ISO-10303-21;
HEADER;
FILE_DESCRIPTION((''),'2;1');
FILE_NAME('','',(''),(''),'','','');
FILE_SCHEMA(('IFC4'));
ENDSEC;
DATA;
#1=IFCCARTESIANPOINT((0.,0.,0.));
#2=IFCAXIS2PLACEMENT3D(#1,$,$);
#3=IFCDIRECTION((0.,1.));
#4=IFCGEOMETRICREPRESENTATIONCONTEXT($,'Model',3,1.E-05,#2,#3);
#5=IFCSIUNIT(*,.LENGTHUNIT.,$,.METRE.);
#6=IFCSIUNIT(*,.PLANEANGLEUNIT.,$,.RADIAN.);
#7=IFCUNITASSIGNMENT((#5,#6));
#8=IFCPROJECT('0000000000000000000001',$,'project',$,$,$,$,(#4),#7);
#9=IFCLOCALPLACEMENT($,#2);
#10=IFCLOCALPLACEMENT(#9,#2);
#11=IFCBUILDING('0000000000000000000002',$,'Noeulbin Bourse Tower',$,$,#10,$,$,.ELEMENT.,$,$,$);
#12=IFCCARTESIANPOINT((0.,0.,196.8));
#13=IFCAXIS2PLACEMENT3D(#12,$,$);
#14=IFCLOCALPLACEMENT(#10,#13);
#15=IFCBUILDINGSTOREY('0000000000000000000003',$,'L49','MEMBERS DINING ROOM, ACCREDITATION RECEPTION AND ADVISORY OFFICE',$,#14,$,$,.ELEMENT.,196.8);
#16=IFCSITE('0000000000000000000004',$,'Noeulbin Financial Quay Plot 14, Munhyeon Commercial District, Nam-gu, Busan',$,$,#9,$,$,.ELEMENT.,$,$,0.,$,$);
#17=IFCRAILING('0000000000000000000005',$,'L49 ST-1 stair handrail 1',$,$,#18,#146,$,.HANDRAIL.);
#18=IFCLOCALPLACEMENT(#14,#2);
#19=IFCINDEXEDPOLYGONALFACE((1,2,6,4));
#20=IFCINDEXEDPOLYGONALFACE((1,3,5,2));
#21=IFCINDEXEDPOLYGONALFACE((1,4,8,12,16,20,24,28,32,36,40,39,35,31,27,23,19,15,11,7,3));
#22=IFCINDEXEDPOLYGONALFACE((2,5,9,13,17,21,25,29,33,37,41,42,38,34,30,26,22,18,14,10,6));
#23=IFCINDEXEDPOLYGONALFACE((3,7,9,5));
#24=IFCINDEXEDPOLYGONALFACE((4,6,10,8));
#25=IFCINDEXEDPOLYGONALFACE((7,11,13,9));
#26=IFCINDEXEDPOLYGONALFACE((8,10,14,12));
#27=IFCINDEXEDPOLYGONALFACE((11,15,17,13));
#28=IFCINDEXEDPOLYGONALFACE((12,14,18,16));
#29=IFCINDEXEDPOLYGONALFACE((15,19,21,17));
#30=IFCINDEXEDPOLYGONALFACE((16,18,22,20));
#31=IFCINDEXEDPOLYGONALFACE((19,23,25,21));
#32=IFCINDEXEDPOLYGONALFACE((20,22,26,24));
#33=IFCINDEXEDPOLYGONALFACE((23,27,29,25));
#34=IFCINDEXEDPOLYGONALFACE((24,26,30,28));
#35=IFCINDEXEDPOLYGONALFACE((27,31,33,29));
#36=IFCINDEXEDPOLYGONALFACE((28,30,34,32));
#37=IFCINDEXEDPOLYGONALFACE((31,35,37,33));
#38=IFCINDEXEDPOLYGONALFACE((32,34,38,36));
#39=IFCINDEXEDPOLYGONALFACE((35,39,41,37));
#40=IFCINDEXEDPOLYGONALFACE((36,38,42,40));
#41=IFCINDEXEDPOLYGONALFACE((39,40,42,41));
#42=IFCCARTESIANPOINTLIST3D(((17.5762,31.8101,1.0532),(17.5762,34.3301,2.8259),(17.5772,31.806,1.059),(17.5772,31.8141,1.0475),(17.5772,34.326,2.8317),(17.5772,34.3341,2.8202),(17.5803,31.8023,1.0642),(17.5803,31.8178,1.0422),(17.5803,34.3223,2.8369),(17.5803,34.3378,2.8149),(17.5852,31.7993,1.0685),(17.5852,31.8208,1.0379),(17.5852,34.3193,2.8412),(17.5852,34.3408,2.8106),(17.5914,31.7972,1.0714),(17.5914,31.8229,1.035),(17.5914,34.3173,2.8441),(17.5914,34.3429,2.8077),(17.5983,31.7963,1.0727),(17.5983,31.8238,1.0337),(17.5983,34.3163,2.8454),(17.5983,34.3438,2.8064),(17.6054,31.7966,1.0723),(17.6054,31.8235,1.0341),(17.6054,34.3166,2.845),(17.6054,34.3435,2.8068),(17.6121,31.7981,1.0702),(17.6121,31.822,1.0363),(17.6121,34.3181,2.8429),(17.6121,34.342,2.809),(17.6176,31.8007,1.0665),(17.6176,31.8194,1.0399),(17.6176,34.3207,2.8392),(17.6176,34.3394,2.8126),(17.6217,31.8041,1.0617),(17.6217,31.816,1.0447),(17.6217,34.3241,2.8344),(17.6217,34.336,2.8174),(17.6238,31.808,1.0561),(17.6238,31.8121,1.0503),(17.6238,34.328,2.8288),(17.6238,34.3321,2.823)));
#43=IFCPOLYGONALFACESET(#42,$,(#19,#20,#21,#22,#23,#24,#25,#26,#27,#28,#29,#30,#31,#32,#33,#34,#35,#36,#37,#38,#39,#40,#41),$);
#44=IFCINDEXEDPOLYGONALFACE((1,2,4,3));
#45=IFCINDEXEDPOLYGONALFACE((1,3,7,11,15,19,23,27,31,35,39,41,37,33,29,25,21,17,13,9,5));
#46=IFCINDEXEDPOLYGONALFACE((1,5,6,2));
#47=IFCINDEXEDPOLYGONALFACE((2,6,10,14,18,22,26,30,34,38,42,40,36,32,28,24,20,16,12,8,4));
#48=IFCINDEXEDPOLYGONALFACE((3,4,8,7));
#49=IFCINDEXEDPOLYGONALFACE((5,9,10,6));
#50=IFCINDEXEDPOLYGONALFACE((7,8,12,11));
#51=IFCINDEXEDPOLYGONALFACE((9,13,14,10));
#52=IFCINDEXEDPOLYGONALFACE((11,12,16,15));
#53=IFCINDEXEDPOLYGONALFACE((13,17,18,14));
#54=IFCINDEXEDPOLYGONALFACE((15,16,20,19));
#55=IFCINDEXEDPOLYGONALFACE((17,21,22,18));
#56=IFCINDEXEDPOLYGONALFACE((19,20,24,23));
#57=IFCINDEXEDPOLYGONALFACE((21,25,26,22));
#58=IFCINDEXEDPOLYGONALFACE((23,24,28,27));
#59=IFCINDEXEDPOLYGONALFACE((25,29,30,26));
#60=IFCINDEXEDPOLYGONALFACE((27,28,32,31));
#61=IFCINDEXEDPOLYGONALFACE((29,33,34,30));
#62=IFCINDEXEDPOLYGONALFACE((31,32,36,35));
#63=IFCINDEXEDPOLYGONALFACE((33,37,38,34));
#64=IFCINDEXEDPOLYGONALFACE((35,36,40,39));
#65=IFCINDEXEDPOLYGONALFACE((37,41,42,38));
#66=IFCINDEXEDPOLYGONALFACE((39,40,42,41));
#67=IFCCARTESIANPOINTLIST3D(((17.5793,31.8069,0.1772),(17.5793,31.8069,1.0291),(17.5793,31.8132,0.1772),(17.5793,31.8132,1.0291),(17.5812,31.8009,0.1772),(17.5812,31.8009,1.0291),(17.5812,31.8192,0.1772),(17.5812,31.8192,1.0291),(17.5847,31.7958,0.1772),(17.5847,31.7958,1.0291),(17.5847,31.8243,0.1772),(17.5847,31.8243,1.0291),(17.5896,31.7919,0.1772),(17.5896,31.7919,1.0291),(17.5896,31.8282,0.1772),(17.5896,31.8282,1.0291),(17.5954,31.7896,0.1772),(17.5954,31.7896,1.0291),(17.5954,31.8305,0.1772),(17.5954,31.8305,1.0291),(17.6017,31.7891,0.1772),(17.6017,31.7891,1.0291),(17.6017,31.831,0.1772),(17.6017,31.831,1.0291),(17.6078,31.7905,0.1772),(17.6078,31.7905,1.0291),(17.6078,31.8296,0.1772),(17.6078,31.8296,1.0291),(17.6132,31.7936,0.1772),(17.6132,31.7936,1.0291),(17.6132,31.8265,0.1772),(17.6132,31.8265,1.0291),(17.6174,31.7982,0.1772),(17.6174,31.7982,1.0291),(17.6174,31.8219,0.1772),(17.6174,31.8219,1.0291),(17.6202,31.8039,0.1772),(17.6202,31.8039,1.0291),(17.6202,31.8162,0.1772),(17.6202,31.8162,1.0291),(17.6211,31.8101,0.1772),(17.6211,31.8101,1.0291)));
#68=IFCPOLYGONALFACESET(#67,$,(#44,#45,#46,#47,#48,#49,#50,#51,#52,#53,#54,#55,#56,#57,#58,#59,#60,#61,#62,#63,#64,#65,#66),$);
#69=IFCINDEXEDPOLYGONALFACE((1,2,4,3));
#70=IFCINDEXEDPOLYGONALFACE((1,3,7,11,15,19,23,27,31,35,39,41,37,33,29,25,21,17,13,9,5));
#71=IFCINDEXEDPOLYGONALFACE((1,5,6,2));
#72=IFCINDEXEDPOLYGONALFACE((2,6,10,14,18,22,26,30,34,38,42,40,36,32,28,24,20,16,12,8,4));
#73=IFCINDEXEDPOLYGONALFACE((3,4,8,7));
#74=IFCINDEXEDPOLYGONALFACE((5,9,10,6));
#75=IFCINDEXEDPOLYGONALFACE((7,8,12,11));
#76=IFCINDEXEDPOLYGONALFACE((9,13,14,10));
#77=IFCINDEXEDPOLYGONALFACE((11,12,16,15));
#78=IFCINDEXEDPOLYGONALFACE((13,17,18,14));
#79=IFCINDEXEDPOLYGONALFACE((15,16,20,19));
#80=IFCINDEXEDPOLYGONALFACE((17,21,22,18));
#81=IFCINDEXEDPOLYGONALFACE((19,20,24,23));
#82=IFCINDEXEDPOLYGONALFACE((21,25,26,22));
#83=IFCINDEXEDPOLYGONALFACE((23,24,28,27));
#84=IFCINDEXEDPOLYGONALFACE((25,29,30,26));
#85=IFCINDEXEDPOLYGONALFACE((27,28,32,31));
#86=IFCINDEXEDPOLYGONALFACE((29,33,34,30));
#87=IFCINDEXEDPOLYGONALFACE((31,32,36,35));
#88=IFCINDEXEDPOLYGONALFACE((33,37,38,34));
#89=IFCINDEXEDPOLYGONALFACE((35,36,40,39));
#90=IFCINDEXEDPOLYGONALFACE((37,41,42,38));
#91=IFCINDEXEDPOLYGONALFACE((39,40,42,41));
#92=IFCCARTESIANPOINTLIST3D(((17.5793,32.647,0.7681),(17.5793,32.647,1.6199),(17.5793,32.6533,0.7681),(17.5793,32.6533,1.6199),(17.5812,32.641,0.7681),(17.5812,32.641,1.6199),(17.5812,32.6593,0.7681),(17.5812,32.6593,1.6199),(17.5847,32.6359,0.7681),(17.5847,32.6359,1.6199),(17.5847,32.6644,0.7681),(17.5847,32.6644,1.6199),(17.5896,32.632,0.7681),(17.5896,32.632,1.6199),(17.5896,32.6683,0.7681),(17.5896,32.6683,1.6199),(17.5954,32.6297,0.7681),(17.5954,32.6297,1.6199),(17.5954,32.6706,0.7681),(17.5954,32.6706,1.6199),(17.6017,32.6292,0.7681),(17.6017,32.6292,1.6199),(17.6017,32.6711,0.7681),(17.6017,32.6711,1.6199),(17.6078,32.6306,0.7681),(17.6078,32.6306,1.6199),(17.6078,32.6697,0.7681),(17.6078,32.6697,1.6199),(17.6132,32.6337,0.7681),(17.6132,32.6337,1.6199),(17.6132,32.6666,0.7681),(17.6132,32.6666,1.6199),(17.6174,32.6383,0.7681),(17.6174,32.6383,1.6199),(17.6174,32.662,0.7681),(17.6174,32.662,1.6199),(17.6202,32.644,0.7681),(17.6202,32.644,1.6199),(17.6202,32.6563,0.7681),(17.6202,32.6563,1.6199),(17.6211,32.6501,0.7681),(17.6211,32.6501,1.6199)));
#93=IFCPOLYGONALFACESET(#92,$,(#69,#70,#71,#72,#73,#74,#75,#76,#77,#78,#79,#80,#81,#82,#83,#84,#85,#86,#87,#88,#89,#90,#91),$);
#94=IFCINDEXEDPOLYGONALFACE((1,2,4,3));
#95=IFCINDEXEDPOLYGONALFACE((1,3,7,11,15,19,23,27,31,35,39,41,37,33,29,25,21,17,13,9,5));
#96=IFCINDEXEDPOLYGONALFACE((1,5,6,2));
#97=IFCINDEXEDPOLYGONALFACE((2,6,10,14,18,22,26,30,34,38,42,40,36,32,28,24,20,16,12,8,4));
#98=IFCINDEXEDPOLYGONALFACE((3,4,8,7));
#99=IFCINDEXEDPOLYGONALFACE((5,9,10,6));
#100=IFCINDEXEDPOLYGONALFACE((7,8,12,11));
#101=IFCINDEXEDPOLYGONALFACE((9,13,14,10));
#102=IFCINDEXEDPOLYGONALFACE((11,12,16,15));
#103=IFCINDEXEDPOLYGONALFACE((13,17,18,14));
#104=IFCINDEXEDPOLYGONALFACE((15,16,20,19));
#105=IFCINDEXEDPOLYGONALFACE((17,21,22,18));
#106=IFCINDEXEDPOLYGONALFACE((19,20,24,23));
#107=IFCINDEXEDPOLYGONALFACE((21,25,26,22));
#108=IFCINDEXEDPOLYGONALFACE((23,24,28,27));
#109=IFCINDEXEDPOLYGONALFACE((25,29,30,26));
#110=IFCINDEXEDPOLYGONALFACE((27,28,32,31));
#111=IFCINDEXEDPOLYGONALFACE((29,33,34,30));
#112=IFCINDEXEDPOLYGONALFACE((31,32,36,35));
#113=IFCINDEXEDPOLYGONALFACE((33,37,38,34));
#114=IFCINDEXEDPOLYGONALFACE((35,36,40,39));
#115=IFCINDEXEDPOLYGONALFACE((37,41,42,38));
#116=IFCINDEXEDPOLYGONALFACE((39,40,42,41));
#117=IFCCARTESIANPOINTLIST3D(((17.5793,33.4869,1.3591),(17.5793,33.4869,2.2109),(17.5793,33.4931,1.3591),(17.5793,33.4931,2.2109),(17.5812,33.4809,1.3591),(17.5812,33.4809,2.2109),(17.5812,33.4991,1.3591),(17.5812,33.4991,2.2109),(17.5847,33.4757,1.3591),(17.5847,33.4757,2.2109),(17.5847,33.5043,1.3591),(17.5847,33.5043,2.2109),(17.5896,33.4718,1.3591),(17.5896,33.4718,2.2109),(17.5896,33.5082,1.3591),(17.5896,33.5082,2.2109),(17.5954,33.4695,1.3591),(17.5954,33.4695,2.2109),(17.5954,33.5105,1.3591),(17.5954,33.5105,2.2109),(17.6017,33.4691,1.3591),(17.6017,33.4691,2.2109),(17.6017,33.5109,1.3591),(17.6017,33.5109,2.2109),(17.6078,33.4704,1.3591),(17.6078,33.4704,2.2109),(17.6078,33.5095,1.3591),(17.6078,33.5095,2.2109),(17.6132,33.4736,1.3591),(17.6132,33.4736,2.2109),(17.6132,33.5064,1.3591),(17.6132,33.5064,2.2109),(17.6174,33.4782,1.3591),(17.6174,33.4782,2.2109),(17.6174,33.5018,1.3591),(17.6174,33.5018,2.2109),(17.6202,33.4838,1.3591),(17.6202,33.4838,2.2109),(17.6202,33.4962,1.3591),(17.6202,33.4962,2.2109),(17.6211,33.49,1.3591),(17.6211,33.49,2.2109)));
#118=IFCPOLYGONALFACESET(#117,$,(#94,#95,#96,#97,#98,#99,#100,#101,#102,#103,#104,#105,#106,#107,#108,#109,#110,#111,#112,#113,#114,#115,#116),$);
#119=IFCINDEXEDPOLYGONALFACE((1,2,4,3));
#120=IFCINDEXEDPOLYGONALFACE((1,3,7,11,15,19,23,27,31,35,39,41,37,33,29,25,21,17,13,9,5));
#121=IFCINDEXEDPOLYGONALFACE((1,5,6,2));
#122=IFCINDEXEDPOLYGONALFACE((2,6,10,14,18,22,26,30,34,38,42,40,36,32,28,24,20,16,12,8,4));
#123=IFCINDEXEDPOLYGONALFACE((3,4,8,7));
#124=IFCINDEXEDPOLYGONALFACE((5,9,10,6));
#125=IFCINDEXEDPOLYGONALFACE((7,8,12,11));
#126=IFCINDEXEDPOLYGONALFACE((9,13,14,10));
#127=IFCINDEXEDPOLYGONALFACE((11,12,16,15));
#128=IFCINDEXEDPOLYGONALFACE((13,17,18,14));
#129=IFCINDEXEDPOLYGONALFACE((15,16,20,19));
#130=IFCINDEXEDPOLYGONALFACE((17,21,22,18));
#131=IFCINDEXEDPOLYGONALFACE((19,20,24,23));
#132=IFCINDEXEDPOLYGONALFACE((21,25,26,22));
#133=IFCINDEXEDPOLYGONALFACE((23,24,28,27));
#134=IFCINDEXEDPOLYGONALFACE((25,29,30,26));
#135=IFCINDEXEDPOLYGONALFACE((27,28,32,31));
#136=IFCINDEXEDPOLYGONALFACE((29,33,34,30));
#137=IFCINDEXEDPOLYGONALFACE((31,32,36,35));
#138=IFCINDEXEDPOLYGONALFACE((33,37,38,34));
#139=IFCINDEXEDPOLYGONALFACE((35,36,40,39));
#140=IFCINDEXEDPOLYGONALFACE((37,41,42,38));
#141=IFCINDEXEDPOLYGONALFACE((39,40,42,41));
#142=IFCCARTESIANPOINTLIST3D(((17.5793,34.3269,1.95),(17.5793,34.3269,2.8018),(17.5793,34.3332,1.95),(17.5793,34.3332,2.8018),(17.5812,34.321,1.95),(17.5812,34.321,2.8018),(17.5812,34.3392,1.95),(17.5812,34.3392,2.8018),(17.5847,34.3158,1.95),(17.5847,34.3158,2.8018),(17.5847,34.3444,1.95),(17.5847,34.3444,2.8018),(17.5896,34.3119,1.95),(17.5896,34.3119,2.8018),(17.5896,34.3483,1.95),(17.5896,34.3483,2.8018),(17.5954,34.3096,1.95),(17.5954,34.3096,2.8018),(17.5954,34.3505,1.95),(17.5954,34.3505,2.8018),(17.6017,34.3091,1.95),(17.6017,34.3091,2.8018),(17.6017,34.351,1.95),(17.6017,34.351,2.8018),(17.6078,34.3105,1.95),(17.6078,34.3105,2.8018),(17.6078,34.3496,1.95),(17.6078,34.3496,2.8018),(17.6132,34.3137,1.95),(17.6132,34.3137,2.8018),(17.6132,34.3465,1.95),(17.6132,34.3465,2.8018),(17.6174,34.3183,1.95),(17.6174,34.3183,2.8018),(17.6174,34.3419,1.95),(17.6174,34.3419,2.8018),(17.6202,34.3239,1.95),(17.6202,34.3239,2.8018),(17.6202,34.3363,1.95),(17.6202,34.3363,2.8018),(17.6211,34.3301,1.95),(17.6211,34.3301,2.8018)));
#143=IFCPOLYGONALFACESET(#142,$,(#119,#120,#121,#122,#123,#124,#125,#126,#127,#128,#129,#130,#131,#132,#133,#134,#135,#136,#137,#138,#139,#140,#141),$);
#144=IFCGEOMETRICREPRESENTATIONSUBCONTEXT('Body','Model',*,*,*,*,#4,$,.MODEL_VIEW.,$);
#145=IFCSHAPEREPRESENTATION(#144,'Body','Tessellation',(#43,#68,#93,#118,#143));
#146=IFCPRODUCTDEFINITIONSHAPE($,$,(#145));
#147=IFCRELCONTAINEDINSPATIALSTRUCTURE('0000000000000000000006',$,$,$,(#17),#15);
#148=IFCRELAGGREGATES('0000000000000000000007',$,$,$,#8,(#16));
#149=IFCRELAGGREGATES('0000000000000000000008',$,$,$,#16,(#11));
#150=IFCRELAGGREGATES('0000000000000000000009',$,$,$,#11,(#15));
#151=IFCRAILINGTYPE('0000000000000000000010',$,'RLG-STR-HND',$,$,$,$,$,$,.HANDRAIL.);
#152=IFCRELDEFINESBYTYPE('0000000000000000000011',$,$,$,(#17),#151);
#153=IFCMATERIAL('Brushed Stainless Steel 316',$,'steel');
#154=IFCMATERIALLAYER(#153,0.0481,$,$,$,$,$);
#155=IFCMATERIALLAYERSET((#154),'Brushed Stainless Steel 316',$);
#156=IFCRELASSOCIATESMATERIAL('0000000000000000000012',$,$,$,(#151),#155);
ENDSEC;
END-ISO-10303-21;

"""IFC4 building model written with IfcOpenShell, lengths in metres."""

from ifc_helpers import new_model, si_unit, direction, frame, origin, origin_2d, place, context, subcontext, project, spatial, circle, extrude, material, layer, layer_set, type_object, element, save


model = new_model("IFC4")

# Units and contexts
model_context = context("Model", 3, precision=1e-05, world=origin(), true_north=direction((0.0, 1.0)))
body_context = subcontext(model_context, "Body", "Model", "MODEL_VIEW")
ifc_project = project(units=[si_unit("LENGTHUNIT", "METRE"), si_unit("PLANEANGLEUNIT", "RADIAN")], contexts=[model_context])

# Site, building, storey
site_placement = place(None, origin())
site = spatial("IfcSite", under=ifc_project, at=site_placement, Name="Noeulbin Financial Quay Plot 14, Munhyeon Commercial District, Nam-gu, Busan", CompositionType="ELEMENT", RefElevation=0.0)
building_placement = place(site_placement, origin())
building = spatial("IfcBuilding", under=site, at=building_placement, Name="Noeulbin Bourse Tower", CompositionType="ELEMENT")
storey_placement = place(building_placement, frame((0.0, 0.0, 196.8)))
storey = spatial("IfcBuildingStorey", under=building, at=storey_placement, Name="L49", Description="MEMBERS DINING ROOM, ACCREDITATION RECEPTION AND ADVISORY OFFICE", CompositionType="ELEMENT", Elevation=196.8)

# Shared definitions
ifc_material_1 = material(Name="Brushed Stainless Steel 316", Category="steel")

# Railing
ifc_layer_1 = layer(ifc_material_1, 0.0481)
ifc_layer_set_1 = layer_set([ifc_layer_1], Name="Brushed Stainless Steel 316")
railing_type_1 = type_object("IfcRailingType", Name="RLG-STR-HND", PredefinedType="HANDRAIL", material=ifc_layer_set_1)
railing_1_placement = place(storey_placement, frame((17.6001, 31.8101, 0.1772)))
element("IfcRailing", 1, at=railing_1_placement, inside=storey, type_object=railing_type_1, Name="L49 ST-1 stair handrail 1", PredefinedType="HANDRAIL", context=body_context, shape_type="SweptSolid", body=[
    extrude(circle(Radius=0.0239, at=origin_2d()), frame((0.0, 0.0, 0.876), z_axis=(0.0, 0.817904, 0.575354), x_axis=(-1.0, 0.0, 0.0)), (0.0, 0.0, 1.0), 3.0811),
    extrude(circle(Radius=0.021, at=origin_2d()), origin(), (0.0, 0.0, 1.0), 0.8518),
    extrude(circle(Radius=0.021, at=origin_2d()), frame((0.0, 0.8401, 0.5908)), (0.0, 0.0, 1.0), 0.8518),
    extrude(circle(Radius=0.021, at=origin_2d()), frame((0.0, 1.6799, 1.1819)), (0.0, 0.0, 1.0), 0.8518),
    extrude(circle(Radius=0.021, at=origin_2d()), frame((0.0, 2.52, 1.7727)), (0.0, 0.0, 1.0), 0.8518),
])

save(model, "model.ifc")
